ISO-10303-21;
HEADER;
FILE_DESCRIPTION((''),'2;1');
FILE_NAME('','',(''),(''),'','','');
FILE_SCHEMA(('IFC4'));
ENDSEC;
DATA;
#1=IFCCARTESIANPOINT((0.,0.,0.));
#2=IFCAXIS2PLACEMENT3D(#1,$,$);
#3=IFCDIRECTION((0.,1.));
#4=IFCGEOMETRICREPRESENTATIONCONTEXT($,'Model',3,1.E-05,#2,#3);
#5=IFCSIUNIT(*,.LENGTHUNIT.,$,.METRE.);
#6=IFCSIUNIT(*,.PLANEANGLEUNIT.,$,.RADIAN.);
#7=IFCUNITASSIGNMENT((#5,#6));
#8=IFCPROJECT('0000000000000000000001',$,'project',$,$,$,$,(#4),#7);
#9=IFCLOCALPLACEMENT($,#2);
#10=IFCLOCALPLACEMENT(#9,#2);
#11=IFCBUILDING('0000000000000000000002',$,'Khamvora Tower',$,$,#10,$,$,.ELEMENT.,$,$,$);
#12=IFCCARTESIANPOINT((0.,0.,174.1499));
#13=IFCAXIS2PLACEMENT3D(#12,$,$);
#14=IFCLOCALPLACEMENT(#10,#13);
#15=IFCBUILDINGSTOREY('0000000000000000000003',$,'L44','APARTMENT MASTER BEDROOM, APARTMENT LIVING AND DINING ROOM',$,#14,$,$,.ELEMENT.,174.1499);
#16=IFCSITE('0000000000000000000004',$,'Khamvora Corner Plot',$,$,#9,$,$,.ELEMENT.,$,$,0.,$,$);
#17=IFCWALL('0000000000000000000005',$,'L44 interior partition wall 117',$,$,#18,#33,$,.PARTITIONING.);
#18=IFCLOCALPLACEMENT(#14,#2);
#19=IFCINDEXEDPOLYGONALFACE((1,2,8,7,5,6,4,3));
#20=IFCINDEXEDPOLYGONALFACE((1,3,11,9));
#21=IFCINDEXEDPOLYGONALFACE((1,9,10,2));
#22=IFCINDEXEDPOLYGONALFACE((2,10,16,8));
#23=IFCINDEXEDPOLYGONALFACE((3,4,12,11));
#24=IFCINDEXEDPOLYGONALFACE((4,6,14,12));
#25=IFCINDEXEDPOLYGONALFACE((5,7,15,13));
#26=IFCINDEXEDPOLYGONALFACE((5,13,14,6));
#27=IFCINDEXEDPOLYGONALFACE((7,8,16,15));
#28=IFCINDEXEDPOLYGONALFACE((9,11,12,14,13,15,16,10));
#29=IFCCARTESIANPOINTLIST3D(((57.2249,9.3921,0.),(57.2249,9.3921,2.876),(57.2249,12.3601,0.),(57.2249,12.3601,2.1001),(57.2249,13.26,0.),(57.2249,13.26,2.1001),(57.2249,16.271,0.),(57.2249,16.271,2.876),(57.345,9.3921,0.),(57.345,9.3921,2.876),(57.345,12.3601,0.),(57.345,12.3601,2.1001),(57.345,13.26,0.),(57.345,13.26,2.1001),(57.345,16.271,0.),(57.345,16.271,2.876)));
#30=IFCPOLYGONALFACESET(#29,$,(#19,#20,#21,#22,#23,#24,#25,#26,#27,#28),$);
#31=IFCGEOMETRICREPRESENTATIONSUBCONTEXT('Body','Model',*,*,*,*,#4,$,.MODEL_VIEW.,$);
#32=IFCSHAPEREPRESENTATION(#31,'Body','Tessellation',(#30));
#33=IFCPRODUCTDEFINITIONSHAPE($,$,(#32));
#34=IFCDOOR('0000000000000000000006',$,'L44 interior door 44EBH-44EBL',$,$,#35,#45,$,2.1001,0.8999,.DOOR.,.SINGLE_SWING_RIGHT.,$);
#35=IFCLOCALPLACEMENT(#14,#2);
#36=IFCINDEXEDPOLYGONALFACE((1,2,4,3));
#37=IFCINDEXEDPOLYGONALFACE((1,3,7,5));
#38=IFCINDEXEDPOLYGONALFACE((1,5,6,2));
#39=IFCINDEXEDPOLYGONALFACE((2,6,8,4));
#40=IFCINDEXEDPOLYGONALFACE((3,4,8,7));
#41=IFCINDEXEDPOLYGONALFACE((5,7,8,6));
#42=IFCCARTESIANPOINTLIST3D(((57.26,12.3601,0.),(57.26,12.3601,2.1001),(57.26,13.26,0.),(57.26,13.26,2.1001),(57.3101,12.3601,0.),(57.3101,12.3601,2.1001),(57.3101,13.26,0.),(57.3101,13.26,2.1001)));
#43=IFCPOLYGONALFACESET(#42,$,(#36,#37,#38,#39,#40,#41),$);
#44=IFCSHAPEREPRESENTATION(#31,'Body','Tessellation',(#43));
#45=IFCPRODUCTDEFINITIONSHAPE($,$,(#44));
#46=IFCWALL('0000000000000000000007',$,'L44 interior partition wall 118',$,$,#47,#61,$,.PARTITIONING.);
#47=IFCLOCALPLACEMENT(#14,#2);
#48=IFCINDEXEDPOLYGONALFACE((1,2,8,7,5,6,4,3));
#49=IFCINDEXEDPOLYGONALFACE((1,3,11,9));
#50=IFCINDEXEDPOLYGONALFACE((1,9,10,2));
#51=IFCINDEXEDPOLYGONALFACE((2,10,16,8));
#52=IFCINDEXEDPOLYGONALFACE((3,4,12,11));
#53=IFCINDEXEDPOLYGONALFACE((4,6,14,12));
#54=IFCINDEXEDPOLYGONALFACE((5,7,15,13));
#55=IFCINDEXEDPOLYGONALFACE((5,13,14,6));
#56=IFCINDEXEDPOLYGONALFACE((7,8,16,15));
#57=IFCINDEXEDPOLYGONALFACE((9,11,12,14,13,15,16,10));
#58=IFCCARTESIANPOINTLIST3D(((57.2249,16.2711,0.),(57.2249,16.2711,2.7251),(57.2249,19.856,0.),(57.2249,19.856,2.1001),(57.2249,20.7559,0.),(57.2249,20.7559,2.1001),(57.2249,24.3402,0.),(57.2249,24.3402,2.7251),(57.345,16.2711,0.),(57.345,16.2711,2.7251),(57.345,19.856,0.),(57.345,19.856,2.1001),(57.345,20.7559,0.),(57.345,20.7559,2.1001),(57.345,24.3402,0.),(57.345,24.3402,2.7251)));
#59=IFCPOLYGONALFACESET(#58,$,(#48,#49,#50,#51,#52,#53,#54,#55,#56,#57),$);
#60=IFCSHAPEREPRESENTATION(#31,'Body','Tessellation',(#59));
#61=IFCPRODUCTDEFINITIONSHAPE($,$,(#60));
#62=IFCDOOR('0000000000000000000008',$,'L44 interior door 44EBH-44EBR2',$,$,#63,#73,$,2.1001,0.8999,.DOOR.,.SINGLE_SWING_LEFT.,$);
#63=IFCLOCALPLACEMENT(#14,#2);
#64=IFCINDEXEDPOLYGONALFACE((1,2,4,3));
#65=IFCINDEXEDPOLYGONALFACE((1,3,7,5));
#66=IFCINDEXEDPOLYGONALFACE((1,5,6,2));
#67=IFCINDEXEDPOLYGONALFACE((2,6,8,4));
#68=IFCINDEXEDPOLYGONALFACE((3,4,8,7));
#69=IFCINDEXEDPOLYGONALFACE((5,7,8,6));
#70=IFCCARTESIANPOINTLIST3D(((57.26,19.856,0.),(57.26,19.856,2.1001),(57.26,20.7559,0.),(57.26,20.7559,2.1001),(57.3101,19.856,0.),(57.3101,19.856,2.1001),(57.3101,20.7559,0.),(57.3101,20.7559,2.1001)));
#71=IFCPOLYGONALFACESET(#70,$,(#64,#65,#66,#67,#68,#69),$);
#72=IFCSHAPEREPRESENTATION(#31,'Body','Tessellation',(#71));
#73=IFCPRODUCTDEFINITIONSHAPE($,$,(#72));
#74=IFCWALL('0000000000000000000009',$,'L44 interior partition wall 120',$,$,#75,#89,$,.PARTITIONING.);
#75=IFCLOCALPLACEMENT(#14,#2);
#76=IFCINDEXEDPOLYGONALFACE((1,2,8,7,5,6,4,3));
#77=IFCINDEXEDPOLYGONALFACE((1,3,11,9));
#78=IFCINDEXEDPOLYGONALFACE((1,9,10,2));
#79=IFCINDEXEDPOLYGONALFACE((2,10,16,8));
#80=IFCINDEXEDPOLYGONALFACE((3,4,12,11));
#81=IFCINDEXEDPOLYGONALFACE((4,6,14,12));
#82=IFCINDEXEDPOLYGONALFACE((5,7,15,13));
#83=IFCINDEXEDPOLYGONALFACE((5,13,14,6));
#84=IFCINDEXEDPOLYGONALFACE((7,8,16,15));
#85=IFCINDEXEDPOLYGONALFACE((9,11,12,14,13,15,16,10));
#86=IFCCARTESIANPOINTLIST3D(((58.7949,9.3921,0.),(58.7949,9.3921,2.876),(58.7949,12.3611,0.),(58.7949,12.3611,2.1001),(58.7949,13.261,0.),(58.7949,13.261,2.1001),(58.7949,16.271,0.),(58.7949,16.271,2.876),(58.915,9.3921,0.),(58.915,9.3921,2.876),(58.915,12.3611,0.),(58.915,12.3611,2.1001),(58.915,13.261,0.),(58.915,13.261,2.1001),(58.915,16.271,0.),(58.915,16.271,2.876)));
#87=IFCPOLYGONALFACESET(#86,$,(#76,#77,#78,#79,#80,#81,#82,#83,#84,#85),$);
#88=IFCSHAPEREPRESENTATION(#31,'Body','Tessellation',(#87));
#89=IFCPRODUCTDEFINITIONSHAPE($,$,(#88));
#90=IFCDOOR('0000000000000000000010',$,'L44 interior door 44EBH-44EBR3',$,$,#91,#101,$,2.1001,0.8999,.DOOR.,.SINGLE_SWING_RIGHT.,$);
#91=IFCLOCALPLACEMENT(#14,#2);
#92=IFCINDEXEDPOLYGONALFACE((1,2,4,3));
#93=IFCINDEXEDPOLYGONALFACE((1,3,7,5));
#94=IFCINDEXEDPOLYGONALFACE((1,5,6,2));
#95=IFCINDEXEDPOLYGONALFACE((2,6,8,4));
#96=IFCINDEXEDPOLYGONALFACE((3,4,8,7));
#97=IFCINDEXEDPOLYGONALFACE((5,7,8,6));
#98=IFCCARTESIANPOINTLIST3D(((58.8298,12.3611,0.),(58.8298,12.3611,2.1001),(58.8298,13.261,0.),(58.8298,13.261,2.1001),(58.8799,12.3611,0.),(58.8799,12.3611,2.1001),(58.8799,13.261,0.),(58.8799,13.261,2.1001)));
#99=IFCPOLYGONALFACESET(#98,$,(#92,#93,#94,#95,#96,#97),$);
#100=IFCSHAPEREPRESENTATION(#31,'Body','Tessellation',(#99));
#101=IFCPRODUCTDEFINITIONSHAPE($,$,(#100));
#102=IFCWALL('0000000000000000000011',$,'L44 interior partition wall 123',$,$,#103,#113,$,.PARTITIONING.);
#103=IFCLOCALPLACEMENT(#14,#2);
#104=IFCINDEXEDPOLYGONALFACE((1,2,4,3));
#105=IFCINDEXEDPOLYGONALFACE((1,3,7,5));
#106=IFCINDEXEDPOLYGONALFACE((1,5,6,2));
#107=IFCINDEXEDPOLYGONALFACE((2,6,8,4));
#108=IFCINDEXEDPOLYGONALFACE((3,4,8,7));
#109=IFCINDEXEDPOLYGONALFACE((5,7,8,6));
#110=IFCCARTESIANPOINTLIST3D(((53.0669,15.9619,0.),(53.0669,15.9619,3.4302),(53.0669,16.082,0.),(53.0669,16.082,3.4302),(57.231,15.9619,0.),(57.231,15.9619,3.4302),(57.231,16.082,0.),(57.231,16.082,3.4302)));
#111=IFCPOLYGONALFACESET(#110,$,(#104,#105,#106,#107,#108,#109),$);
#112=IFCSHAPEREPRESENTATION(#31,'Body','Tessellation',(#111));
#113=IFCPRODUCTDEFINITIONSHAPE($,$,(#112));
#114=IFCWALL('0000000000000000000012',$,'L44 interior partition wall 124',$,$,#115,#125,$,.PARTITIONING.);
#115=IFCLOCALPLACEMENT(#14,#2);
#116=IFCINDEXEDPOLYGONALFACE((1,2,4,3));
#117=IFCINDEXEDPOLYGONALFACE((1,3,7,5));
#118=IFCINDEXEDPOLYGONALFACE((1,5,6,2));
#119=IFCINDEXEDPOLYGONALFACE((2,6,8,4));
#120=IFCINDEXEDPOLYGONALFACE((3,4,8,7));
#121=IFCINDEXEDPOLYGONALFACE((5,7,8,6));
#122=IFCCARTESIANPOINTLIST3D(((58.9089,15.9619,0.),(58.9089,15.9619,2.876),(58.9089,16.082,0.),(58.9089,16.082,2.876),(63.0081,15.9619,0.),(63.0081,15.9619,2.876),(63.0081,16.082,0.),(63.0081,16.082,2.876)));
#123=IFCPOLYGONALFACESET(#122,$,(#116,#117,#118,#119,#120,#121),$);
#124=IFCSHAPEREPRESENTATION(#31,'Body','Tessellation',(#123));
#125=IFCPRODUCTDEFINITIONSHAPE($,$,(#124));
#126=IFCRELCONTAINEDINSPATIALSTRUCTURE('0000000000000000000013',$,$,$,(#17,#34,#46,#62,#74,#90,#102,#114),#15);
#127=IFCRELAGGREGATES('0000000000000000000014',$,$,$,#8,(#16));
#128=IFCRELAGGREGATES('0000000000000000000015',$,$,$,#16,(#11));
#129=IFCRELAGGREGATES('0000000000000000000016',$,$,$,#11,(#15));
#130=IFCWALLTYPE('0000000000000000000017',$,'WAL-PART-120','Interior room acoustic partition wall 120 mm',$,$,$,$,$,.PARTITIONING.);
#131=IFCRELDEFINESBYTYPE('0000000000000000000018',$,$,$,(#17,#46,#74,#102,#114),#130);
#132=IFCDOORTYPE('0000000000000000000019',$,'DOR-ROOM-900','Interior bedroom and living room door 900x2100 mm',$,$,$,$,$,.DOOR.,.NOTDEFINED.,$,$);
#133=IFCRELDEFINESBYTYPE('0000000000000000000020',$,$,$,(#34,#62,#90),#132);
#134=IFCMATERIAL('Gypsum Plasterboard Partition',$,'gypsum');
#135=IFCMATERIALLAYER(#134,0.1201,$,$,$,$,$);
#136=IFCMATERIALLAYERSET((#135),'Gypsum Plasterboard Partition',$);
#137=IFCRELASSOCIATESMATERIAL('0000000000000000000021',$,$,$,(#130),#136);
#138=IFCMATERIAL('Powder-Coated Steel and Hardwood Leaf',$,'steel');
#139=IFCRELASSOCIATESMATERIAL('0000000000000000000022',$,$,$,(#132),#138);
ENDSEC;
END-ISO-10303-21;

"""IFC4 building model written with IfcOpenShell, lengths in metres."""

from ifc_helpers import new_model, si_unit, direction, frame, frame_2d, origin, place, context, subcontext, project, spatial, rectangle, extrude, material, layer, layer_set, type_object, element, fill, save


model = new_model("IFC4")

# Units and contexts
model_context = context("Model", 3, precision=1e-05, world=origin(), true_north=direction((0.0, 1.0)))
body_context = subcontext(model_context, "Body", "Model", "MODEL_VIEW")
ifc_project = project(units=[si_unit("LENGTHUNIT", "METRE"), si_unit("PLANEANGLEUNIT", "RADIAN")], contexts=[model_context])

# Site, building, storey
site_placement = place(None, origin())
site = spatial("IfcSite", under=ifc_project, at=site_placement, Name="Khamvora Corner Plot", CompositionType="ELEMENT", RefElevation=0.0)
building_placement = place(site_placement, origin())
building = spatial("IfcBuilding", under=site, at=building_placement, Name="Khamvora Tower", CompositionType="ELEMENT")
storey_placement = place(building_placement, frame((0.0, 0.0, 174.1499)))
storey = spatial("IfcBuildingStorey", under=building, at=storey_placement, Name="L44", Description="APARTMENT MASTER BEDROOM, APARTMENT LIVING AND DINING ROOM", CompositionType="ELEMENT", Elevation=174.1499)

# Walls, openings, doors
ifc_material_1 = material(Name="Gypsum Plasterboard Partition", Category="gypsum")
ifc_layer_1 = layer(ifc_material_1, 0.1201)
ifc_layer_set_1 = layer_set([ifc_layer_1], Name="Gypsum Plasterboard Partition")
wall_type_1 = type_object("IfcWallType", Name="WAL-PART-120", Description="Interior room acoustic partition wall 120 mm", PredefinedType="PARTITIONING", material=ifc_layer_set_1)
wall_1_placement = place(storey_placement, frame((57.2849, 9.3921, 0.0), z_axis=(0.0, 0.0, 1.0), x_axis=(0.0, 1.0, 0.0)))
wall_1 = element("IfcWall", 1, at=wall_1_placement, inside=storey, type_object=wall_type_1, Name="L44 interior partition wall 117", PredefinedType="PARTITIONING", context=body_context, shape_type="SweptSolid", body=[
    extrude(rectangle(XDim=6.8789, YDim=0.1201, at=frame_2d((3.4395, 0.0))), origin(), (0.0, 0.0, 1.0), 2.876),
])
opening_1_placement = place(wall_1_placement, frame((2.968, 0.0, 0.0)))
opening_1 = element("IfcOpeningElement", 2, at=opening_1_placement, cuts=wall_1, PredefinedType="OPENING", context=body_context, shape_type="SweptSolid", body=[
    extrude(rectangle(XDim=0.8999, YDim=2.1001, at=frame_2d((0.45, 1.05))), frame((0.0, 0.0701, 0.0), z_axis=(0.0, -1.0, 0.0), x_axis=(1.0, 0.0, 0.0)), (0.0, 0.0, 1.0), 0.1401),
])
ifc_material_2 = material(Name="Powder-Coated Steel and Hardwood Leaf", Category="steel")
door_type = type_object("IfcDoorType", Name="DOR-ROOM-900", Description="Interior bedroom and living room door 900x2100 mm", OperationType="NOTDEFINED", PredefinedType="DOOR", material=ifc_material_2)
door_1_placement = place(opening_1_placement, origin())
door_1 = element("IfcDoor", 3, at=door_1_placement, inside=storey, type_object=door_type, Name="L44 interior door 44EBH-44EBL", OperationType="SINGLE_SWING_RIGHT", OverallHeight=2.1001, OverallWidth=0.8999, PredefinedType="DOOR", context=body_context, shape_type="SweptSolid", body=[
    extrude(rectangle(XDim=0.8999, YDim=2.1001, at=frame_2d((0.45, 1.05))), frame((0.0, 0.0249, 0.0), z_axis=(0.0, -1.0, 0.0), x_axis=(1.0, 0.0, 0.0)), (0.0, 0.0, 1.0), 0.05),
])
fill(opening_1, door_1)
wall_2_placement = place(storey_placement, frame((57.2849, 16.271, 0.0), z_axis=(0.0, 0.0, 1.0), x_axis=(0.0, 1.0, 0.0)))
wall_2 = element("IfcWall", 4, at=wall_2_placement, inside=storey, type_object=wall_type_1, Name="L44 interior partition wall 118", PredefinedType="PARTITIONING", context=body_context, shape_type="SweptSolid", body=[
    extrude(rectangle(XDim=8.0691, YDim=0.1201, at=frame_2d((4.0347, 0.0))), origin(), (0.0, 0.0, 1.0), 2.7251),
])
opening_2_placement = place(wall_2_placement, frame((3.585, 0.0, 0.0)))
opening_2 = element("IfcOpeningElement", 5, at=opening_2_placement, cuts=wall_2, PredefinedType="OPENING", context=body_context, shape_type="SweptSolid", body=[
    extrude(rectangle(XDim=0.8999, YDim=2.1001, at=frame_2d((0.45, 1.05))), frame((0.0, 0.0701, 0.0), z_axis=(0.0, -1.0, 0.0), x_axis=(1.0, 0.0, 0.0)), (0.0, 0.0, 1.0), 0.1401),
])
door_2_placement = place(opening_2_placement, origin())
door_2 = element("IfcDoor", 6, at=door_2_placement, inside=storey, type_object=door_type, Name="L44 interior door 44EBH-44EBR2", OperationType="SINGLE_SWING_LEFT", OverallHeight=2.1001, OverallWidth=0.8999, PredefinedType="DOOR", context=body_context, shape_type="SweptSolid", body=[
    extrude(rectangle(XDim=0.8999, YDim=2.1001, at=frame_2d((0.45, 1.05))), frame((0.0, 0.0249, 0.0), z_axis=(0.0, -1.0, 0.0), x_axis=(1.0, 0.0, 0.0)), (0.0, 0.0, 1.0), 0.05),
])
fill(opening_2, door_2)
wall_3_placement = place(storey_placement, frame((58.855, 16.271, 0.0), z_axis=(0.0, 0.0, 1.0), x_axis=(0.0, -1.0, 0.0)))
wall_3 = element("IfcWall", 7, at=wall_3_placement, inside=storey, type_object=wall_type_1, Name="L44 interior partition wall 120", PredefinedType="PARTITIONING", context=body_context, shape_type="SweptSolid", body=[
    extrude(rectangle(XDim=6.8789, YDim=0.1201, at=frame_2d((3.4395, 0.0))), origin(), (0.0, 0.0, 1.0), 2.876),
])
opening_3_placement = place(wall_3_placement, frame((3.01, 0.0, 0.0)))
opening_3 = element("IfcOpeningElement", 8, at=opening_3_placement, cuts=wall_3, PredefinedType="OPENING", context=body_context, shape_type="SweptSolid", body=[
    extrude(rectangle(XDim=0.8999, YDim=2.1001, at=frame_2d((0.45, 1.05))), frame((0.0, 0.0701, 0.0), z_axis=(0.0, -1.0, 0.0), x_axis=(1.0, 0.0, 0.0)), (0.0, 0.0, 1.0), 0.1401),
])
door_3_placement = place(opening_3_placement, origin())
door_3 = element("IfcDoor", 9, at=door_3_placement, inside=storey, type_object=door_type, Name="L44 interior door 44EBH-44EBR3", OperationType="SINGLE_SWING_RIGHT", OverallHeight=2.1001, OverallWidth=0.8999, PredefinedType="DOOR", context=body_context, shape_type="SweptSolid", body=[
    extrude(rectangle(XDim=0.8999, YDim=2.1001, at=frame_2d((0.45, 1.05))), frame((0.0, 0.0249, 0.0), z_axis=(0.0, -1.0, 0.0), x_axis=(1.0, 0.0, 0.0)), (0.0, 0.0, 1.0), 0.05),
])
fill(opening_3, door_3)

# Walls
wall_4_placement = place(storey_placement, frame((53.0669, 16.022, 0.0), z_axis=(0.0, 0.0, 1.0), x_axis=(1.0, 0.0, 0.0)))
element("IfcWall", 10, at=wall_4_placement, inside=storey, type_object=wall_type_1, Name="L44 interior partition wall 123", PredefinedType="PARTITIONING", context=body_context, shape_type="SweptSolid", body=[
    extrude(rectangle(XDim=4.1641, YDim=0.1201, at=frame_2d((2.082, 0.0))), origin(), (0.0, 0.0, 1.0), 3.4302),
])
wall_5_placement = place(storey_placement, frame((58.9089, 16.022, 0.0), z_axis=(0.0, 0.0, 1.0), x_axis=(1.0, 0.0, 0.0)))
element("IfcWall", 11, at=wall_5_placement, inside=storey, type_object=wall_type_1, Name="L44 interior partition wall 124", PredefinedType="PARTITIONING", context=body_context, shape_type="SweptSolid", body=[
    extrude(rectangle(XDim=4.0991, YDim=0.1201, at=frame_2d((2.0496, 0.0))), origin(), (0.0, 0.0, 1.0), 2.876),
])

save(model, "model.ifc")
